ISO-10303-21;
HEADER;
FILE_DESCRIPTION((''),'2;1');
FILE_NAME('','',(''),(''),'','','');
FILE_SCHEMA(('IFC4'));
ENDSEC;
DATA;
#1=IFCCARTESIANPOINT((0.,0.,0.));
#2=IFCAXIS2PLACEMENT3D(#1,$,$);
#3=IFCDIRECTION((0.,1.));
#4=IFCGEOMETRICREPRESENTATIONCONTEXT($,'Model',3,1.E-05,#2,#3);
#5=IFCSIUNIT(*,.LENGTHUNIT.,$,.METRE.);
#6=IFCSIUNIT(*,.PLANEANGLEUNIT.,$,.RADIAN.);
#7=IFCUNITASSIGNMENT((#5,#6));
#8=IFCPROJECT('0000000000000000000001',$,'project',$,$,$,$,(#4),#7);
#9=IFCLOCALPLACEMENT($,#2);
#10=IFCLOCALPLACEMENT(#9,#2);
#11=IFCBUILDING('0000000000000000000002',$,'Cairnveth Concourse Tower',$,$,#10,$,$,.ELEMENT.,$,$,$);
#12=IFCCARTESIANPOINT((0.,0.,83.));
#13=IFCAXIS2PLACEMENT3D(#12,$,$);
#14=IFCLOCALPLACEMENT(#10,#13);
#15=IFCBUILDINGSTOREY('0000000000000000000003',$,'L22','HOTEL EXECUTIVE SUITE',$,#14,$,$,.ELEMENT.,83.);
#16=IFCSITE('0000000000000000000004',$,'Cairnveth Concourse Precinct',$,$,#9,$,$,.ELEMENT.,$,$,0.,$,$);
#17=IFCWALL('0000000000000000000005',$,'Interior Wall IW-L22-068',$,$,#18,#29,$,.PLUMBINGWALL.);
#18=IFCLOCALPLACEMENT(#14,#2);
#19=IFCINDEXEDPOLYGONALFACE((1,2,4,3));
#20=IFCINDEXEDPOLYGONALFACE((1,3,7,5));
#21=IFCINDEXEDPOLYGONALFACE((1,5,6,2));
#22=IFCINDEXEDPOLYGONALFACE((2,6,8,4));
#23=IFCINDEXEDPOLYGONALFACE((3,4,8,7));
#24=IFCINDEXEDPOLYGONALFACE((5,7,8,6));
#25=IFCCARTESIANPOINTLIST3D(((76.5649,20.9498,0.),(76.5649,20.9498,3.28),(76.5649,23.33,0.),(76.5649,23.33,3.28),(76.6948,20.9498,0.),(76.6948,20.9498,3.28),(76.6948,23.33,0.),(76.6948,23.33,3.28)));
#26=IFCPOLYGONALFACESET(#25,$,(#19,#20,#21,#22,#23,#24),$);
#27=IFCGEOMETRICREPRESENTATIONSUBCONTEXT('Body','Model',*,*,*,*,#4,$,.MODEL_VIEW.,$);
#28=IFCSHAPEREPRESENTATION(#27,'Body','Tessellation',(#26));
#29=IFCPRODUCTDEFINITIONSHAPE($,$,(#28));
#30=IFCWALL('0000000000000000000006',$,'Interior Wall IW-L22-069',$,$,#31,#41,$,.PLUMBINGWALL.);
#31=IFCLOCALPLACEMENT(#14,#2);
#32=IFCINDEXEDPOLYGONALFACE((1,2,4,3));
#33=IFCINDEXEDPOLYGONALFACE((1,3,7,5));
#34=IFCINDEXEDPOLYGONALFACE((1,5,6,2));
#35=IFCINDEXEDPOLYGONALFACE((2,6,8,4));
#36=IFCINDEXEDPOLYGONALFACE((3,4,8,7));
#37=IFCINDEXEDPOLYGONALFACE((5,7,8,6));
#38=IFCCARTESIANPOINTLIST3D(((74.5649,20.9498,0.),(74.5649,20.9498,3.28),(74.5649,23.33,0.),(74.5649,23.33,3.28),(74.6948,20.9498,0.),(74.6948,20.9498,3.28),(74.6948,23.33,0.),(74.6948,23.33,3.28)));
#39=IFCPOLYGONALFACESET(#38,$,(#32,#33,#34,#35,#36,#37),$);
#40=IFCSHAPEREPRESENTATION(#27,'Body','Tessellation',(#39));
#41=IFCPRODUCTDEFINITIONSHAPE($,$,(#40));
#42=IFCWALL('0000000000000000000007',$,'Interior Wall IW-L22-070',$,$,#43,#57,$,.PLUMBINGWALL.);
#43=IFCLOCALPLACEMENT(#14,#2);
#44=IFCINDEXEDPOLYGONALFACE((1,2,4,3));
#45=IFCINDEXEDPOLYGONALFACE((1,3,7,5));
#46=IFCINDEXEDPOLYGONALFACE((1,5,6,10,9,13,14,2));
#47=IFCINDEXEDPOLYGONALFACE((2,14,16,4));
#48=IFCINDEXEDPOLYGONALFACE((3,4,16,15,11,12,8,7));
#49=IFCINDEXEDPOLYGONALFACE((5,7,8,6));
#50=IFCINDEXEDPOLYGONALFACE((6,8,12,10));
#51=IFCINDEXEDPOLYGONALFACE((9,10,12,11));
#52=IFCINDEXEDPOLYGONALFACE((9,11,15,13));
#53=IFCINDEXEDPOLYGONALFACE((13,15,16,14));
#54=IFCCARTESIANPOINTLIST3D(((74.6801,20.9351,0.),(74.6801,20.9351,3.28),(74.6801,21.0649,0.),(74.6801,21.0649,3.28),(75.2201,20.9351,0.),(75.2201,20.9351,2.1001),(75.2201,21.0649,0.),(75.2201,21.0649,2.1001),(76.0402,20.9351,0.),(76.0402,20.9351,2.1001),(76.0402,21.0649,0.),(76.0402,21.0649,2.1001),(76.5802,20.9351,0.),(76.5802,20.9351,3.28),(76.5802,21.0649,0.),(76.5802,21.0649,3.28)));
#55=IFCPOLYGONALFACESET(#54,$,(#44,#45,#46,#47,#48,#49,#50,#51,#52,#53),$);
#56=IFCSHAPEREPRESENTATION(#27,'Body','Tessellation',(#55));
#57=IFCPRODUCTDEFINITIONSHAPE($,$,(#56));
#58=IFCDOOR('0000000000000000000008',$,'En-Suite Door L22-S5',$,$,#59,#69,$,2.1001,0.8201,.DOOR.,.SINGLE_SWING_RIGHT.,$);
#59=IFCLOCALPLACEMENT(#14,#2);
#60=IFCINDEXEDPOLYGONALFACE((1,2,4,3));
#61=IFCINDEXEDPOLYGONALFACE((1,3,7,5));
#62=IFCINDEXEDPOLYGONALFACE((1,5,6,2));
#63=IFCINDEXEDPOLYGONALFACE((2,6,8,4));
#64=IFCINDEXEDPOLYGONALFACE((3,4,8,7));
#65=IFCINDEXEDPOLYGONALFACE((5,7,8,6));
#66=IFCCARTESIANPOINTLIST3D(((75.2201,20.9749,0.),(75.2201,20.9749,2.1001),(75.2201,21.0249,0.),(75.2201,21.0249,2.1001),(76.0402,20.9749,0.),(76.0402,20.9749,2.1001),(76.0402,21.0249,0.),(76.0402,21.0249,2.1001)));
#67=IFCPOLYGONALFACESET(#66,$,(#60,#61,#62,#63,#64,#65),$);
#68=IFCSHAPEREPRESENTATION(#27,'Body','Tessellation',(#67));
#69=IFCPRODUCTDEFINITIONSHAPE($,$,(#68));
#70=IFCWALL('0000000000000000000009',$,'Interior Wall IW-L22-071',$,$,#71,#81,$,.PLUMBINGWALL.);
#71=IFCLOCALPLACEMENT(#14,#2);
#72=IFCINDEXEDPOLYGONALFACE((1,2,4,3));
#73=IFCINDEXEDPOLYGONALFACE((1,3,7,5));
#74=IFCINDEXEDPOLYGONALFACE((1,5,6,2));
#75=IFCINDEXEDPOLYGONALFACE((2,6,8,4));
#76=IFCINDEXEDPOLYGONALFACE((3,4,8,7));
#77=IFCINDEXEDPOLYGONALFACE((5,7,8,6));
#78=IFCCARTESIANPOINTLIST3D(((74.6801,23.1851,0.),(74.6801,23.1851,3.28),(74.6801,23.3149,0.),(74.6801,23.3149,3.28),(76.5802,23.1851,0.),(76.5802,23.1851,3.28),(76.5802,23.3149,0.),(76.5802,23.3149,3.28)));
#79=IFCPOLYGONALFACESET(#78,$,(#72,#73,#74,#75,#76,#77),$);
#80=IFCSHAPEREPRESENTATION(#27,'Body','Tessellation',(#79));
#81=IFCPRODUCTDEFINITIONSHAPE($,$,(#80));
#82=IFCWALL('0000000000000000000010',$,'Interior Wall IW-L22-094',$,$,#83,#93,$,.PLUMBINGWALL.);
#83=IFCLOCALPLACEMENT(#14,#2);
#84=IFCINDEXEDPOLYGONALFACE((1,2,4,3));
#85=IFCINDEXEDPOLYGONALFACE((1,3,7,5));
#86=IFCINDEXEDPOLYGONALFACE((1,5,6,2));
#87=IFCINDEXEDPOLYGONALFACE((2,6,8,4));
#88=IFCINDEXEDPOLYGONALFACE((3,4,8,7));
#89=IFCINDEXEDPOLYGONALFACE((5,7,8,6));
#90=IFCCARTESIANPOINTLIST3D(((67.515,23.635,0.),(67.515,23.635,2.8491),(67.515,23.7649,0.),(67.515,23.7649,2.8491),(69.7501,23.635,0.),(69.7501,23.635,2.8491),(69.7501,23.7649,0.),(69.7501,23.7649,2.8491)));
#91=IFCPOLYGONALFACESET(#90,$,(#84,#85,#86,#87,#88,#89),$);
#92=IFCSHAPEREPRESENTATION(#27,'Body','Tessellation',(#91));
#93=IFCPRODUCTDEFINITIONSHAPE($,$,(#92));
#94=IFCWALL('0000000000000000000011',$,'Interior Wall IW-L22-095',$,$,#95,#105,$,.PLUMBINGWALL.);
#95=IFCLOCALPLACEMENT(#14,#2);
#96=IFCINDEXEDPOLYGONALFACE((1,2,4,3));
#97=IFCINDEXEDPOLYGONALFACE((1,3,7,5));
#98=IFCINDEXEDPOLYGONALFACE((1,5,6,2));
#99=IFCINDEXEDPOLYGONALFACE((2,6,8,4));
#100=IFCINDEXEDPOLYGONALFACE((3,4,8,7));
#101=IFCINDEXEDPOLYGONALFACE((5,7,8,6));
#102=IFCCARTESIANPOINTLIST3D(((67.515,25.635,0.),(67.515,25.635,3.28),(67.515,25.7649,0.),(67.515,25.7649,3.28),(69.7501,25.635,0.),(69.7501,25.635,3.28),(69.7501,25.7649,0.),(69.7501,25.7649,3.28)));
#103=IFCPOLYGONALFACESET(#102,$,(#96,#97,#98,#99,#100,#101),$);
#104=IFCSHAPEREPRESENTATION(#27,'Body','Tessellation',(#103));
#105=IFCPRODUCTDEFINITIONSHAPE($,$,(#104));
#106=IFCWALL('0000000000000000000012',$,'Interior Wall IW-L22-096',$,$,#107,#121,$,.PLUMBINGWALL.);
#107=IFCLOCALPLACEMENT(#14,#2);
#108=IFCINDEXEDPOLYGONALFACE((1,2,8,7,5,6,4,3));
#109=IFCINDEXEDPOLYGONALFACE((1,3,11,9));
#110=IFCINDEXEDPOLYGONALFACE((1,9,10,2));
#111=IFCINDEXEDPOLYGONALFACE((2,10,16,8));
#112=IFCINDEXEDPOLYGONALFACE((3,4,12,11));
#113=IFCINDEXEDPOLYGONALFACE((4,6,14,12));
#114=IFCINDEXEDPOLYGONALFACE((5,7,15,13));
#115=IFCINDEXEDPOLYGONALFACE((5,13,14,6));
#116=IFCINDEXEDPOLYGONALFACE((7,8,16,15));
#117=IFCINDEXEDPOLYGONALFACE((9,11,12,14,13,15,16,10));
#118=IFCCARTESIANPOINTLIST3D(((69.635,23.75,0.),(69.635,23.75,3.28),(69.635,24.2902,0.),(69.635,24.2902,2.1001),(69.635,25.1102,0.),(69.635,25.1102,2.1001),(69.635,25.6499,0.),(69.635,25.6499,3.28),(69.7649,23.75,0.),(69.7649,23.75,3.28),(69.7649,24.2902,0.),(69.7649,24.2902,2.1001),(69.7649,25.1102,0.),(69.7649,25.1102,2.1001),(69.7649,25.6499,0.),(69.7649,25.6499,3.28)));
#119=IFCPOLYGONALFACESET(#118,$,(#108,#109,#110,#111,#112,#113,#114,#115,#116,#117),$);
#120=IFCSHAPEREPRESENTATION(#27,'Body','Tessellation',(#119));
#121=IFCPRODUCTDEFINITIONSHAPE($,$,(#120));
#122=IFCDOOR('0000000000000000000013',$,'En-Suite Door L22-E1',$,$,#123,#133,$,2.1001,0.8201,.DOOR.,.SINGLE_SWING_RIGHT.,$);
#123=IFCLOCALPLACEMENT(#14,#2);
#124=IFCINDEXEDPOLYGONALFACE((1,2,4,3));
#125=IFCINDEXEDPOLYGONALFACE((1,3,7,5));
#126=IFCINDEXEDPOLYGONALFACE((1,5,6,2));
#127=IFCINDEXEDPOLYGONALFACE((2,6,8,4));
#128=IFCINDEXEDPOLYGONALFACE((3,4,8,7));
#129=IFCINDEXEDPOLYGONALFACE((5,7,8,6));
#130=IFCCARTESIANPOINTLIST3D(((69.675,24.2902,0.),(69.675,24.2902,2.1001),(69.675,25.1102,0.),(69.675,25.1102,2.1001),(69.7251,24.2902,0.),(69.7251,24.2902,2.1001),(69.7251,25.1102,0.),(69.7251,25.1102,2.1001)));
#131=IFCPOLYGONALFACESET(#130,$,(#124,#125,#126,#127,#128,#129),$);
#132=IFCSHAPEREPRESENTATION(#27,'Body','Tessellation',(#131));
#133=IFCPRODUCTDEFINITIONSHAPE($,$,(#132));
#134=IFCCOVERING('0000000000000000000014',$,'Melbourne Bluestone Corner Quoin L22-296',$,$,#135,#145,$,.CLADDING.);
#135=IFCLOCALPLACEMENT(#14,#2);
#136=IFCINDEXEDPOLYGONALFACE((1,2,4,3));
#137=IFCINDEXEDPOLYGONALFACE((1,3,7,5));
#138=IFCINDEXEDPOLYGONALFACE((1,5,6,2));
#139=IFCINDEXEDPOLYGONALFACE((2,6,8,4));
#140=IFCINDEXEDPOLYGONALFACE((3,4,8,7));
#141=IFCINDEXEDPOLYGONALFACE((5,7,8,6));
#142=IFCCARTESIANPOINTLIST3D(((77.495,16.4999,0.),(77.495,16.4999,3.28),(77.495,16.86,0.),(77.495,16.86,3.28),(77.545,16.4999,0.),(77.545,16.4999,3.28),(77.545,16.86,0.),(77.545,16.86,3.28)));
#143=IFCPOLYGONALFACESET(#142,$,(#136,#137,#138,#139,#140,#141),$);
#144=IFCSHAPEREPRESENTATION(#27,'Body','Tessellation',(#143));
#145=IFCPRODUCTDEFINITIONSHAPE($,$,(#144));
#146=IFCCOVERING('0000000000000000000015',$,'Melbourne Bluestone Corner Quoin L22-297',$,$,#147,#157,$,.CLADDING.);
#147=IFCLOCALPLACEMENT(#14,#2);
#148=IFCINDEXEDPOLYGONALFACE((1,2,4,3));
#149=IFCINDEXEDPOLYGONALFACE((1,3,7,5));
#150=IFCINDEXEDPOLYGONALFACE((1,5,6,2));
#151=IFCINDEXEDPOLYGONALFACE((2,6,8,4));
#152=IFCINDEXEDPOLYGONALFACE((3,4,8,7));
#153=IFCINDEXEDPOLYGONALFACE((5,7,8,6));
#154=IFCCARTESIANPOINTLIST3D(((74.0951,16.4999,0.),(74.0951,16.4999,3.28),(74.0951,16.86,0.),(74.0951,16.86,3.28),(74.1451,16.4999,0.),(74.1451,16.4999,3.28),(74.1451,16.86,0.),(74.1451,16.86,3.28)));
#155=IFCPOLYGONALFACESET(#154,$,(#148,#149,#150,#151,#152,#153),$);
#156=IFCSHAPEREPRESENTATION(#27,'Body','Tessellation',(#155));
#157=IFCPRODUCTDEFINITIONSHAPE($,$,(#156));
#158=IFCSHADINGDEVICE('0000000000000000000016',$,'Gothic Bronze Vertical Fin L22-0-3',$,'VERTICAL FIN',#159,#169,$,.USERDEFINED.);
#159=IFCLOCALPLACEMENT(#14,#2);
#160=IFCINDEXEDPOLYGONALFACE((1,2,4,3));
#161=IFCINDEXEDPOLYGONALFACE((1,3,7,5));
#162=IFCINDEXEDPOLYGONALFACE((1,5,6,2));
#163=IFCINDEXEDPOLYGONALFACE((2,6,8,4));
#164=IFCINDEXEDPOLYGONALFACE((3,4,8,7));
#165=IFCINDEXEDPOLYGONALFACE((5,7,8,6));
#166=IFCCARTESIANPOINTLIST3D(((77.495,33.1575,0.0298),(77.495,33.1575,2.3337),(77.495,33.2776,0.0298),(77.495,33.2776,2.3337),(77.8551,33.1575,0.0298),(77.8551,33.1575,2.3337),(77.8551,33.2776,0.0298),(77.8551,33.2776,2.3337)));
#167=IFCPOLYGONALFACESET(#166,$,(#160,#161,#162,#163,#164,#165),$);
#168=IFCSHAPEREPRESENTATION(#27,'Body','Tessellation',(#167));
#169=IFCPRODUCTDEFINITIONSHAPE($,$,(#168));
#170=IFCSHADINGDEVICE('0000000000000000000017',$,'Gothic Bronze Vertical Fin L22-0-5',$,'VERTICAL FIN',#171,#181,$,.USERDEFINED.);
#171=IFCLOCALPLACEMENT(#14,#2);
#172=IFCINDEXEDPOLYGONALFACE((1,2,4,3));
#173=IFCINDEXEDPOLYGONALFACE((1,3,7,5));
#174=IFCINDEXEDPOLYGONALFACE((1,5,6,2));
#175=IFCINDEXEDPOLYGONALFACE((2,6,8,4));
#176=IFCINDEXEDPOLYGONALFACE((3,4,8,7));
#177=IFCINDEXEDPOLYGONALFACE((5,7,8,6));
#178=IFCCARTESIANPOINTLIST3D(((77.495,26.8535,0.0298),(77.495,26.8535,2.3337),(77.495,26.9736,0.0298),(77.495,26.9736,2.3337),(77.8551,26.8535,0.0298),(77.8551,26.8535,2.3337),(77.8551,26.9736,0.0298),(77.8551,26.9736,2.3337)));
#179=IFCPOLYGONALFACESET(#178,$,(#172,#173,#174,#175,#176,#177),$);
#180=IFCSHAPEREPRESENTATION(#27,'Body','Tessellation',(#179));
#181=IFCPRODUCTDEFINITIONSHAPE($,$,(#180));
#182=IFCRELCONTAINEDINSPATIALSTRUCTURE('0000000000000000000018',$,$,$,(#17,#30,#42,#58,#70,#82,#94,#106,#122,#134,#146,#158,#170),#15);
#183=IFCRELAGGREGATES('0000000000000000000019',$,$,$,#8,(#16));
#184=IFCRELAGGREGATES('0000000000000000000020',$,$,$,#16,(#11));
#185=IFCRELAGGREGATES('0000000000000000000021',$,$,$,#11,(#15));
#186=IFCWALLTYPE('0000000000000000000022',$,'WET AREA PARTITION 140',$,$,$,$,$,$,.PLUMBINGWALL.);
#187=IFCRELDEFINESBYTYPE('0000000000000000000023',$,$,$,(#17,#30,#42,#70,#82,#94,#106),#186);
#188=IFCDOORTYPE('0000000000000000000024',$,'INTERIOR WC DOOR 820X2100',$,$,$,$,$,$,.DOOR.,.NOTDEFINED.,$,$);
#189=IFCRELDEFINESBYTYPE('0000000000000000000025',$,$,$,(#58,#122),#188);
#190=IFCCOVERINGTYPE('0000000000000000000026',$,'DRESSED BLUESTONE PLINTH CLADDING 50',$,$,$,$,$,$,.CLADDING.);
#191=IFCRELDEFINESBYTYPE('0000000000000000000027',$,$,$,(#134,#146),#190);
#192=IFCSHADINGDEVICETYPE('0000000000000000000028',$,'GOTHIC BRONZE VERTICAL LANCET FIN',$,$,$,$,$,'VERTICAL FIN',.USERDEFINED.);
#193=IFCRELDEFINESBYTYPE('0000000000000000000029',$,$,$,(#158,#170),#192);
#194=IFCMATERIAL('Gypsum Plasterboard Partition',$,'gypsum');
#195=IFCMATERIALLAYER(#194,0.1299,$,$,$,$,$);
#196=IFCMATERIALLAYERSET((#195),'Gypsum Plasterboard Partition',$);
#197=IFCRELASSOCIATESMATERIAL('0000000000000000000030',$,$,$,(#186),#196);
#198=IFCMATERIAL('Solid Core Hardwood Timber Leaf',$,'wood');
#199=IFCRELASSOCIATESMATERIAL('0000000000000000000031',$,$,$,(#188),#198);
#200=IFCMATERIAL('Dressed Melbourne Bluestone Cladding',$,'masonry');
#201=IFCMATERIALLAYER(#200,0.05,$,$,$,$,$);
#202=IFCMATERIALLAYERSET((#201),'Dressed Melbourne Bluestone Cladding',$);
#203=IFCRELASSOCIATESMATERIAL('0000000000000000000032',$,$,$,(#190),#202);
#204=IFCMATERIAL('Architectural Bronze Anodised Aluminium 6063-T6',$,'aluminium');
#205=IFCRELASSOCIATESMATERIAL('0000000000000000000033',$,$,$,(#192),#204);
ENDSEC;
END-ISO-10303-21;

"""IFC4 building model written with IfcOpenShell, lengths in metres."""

from ifc_helpers import new_model, si_unit, direction, frame, frame_2d, origin, origin_2d, place, context, subcontext, project, spatial, rectangle, extrude, material, layer, layer_set, type_object, element, fill, save


model = new_model("IFC4")

# Units and contexts
model_context = context("Model", 3, precision=1e-05, world=origin(), true_north=direction((0.0, 1.0)))
body_context = subcontext(model_context, "Body", "Model", "MODEL_VIEW")
ifc_project = project(units=[si_unit("LENGTHUNIT", "METRE"), si_unit("PLANEANGLEUNIT", "RADIAN")], contexts=[model_context])

# Site, building, storey
site_placement = place(None, origin())
site = spatial("IfcSite", under=ifc_project, at=site_placement, Name="Cairnveth Concourse Precinct", CompositionType="ELEMENT", RefElevation=0.0)
building_placement = place(site_placement, origin())
building = spatial("IfcBuilding", under=site, at=building_placement, Name="Cairnveth Concourse Tower", CompositionType="ELEMENT")
storey_placement = place(building_placement, frame((0.0, 0.0, 83.0)))
storey = spatial("IfcBuildingStorey", under=building, at=storey_placement, Name="L22", Description="HOTEL EXECUTIVE SUITE", CompositionType="ELEMENT", Elevation=83.0)

# Shared definitions
ifc_material_1 = material(Name="Gypsum Plasterboard Partition", Category="gypsum")
ifc_material_2 = material(Name="Solid Core Hardwood Timber Leaf", Category="wood")

# Walls
ifc_layer_1 = layer(ifc_material_1, 0.1299)
ifc_layer_set_1 = layer_set([ifc_layer_1], Name="Gypsum Plasterboard Partition")
wall_type_1 = type_object("IfcWallType", Name="WET AREA PARTITION 140", PredefinedType="PLUMBINGWALL", material=ifc_layer_set_1)
for number, where, z_axis, x_axis, name in (
    (1, (76.6299, 20.95, 0.0), (0.0, 0.0, 1.0), (0.0, 1.0, 0.0), "Interior Wall IW-L22-068"),
    (2, (74.6299, 20.95, 0.0), (0.0, 0.0, 1.0), (0.0, 1.0, 0.0), "Interior Wall IW-L22-069"),
):
    element("IfcWall", number, at=place(storey_placement, frame(where, z_axis=z_axis, x_axis=x_axis)), inside=storey, type_object=wall_type_1, Name=name, PredefinedType="PLUMBINGWALL", context=body_context, shape_type="SweptSolid", body=[
        extrude(rectangle(XDim=2.3801, YDim=0.1299, at=frame_2d((1.1899, 0.0))), origin(), (0.0, 0.0, 1.0), 3.28),
    ])

# Wall, opening, door
wall_1_placement = place(storey_placement, frame((74.6799, 21.0, 0.0), z_axis=(0.0, 0.0, 1.0), x_axis=(1.0, 0.0, 0.0)))
wall_1 = element("IfcWall", 3, at=wall_1_placement, inside=storey, type_object=wall_type_1, Name="Interior Wall IW-L22-070", PredefinedType="PLUMBINGWALL", context=body_context, shape_type="SweptSolid", body=[
    extrude(rectangle(XDim=1.9001, YDim=0.1299, at=frame_2d((0.9502, 0.0))), origin(), (0.0, 0.0, 1.0), 3.28),
])
opening_1_placement = place(wall_1_placement, frame((0.54, 0.0, 0.0)))
opening_1 = element("IfcOpeningElement", 4, at=opening_1_placement, cuts=wall_1, PredefinedType="OPENING", context=body_context, shape_type="SweptSolid", body=[
    extrude(rectangle(XDim=0.8201, YDim=2.1001, at=frame_2d((0.4102, 1.05))), frame((0.0, 0.075, 0.0), z_axis=(0.0, -1.0, 0.0), x_axis=(1.0, 0.0, 0.0)), (0.0, 0.0, 1.0), 0.1499),
])
door_type_1 = type_object("IfcDoorType", Name="INTERIOR WC DOOR 820X2100", OperationType="NOTDEFINED", PredefinedType="DOOR", material=ifc_material_2)
door_1_placement = place(opening_1_placement, origin())
door_1 = element("IfcDoor", 5, at=door_1_placement, inside=storey, type_object=door_type_1, Name="En-Suite Door L22-S5", OperationType="SINGLE_SWING_RIGHT", OverallHeight=2.1001, OverallWidth=0.8201, PredefinedType="DOOR", context=body_context, shape_type="SweptSolid", body=[
    extrude(rectangle(XDim=0.8201, YDim=2.1001, at=frame_2d((0.4102, 1.05))), frame((0.0, 0.0249, 0.0), z_axis=(0.0, -1.0, 0.0), x_axis=(1.0, 0.0, 0.0)), (0.0, 0.0, 1.0), 0.05),
])
fill(opening_1, door_1)

# Walls
wall_2_placement = place(storey_placement, frame((74.6799, 23.25, 0.0), z_axis=(0.0, 0.0, 1.0), x_axis=(1.0, 0.0, 0.0)))
element("IfcWall", 6, at=wall_2_placement, inside=storey, type_object=wall_type_1, Name="Interior Wall IW-L22-071", PredefinedType="PLUMBINGWALL", context=body_context, shape_type="SweptSolid", body=[
    extrude(rectangle(XDim=1.9001, YDim=0.1299, at=frame_2d((0.9502, 0.0))), origin(), (0.0, 0.0, 1.0), 3.28),
])
wall_3_placement = place(storey_placement, frame((67.5149, 23.7, 0.0), z_axis=(0.0, 0.0, 1.0), x_axis=(1.0, 0.0, 0.0)))
element("IfcWall", 7, at=wall_3_placement, inside=storey, type_object=wall_type_1, Name="Interior Wall IW-L22-094", PredefinedType="PLUMBINGWALL", context=body_context, shape_type="SweptSolid", body=[
    extrude(rectangle(XDim=2.2351, YDim=0.1299, at=frame_2d((1.1177, 0.0))), origin(), (0.0, 0.0, 1.0), 2.8491),
])
wall_4_placement = place(storey_placement, frame((67.5149, 25.7, 0.0), z_axis=(0.0, 0.0, 1.0), x_axis=(1.0, 0.0, 0.0)))
element("IfcWall", 8, at=wall_4_placement, inside=storey, type_object=wall_type_1, Name="Interior Wall IW-L22-095", PredefinedType="PLUMBINGWALL", context=body_context, shape_type="SweptSolid", body=[
    extrude(rectangle(XDim=2.2351, YDim=0.1299, at=frame_2d((1.1177, 0.0))), origin(), (0.0, 0.0, 1.0), 3.28),
])

# Wall, opening, door
wall_5_placement = place(storey_placement, frame((69.7, 23.75, 0.0), z_axis=(0.0, 0.0, 1.0), x_axis=(0.0, 1.0, 0.0)))
wall_5 = element("IfcWall", 9, at=wall_5_placement, inside=storey, type_object=wall_type_1, Name="Interior Wall IW-L22-096", PredefinedType="PLUMBINGWALL", context=body_context, shape_type="SweptSolid", body=[
    extrude(rectangle(XDim=1.8999, YDim=0.1299, at=frame_2d((0.95, 0.0))), origin(), (0.0, 0.0, 1.0), 3.28),
])
opening_2_placement = place(wall_5_placement, frame((0.54, 0.0, 0.0)))
opening_2 = element("IfcOpeningElement", 10, at=opening_2_placement, cuts=wall_5, PredefinedType="OPENING", context=body_context, shape_type="SweptSolid", body=[
    extrude(rectangle(XDim=0.8201, YDim=2.1001, at=frame_2d((0.4102, 1.05))), frame((0.0, 0.075, 0.0), z_axis=(0.0, -1.0, 0.0), x_axis=(1.0, 0.0, 0.0)), (0.0, 0.0, 1.0), 0.1499),
])
door_2_placement = place(opening_2_placement, origin())
door_2 = element("IfcDoor", 11, at=door_2_placement, inside=storey, type_object=door_type_1, Name="En-Suite Door L22-E1", OperationType="SINGLE_SWING_RIGHT", OverallHeight=2.1001, OverallWidth=0.8201, PredefinedType="DOOR", context=body_context, shape_type="SweptSolid", body=[
    extrude(rectangle(XDim=0.8201, YDim=2.1001, at=frame_2d((0.4102, 1.05))), frame((0.0, 0.0249, 0.0), z_axis=(0.0, -1.0, 0.0), x_axis=(1.0, 0.0, 0.0)), (0.0, 0.0, 1.0), 0.05),
])
fill(opening_2, door_2)

# Coverings
ifc_material_3 = material(Name="Dressed Melbourne Bluestone Cladding", Category="masonry")
ifc_layer_2 = layer(ifc_material_3, 0.05)
ifc_layer_set_2 = layer_set([ifc_layer_2], Name="Dressed Melbourne Bluestone Cladding")
covering_type = type_object("IfcCoveringType", Name="DRESSED BLUESTONE PLINTH CLADDING 50", PredefinedType="CLADDING", material=ifc_layer_set_2)
for number, where, z_axis, x_axis, name in (
    (12, (77.52, 16.8601, 0.0), (0.0, 0.0, 1.0), (0.0, -1.0, 0.0), "Melbourne Bluestone Corner Quoin L22-296"),
    (13, (74.1201, 16.8601, 0.0), (0.0, 0.0, 1.0), (0.0, -1.0, 0.0), "Melbourne Bluestone Corner Quoin L22-297"),
):
    element("IfcCovering", number, at=place(storey_placement, frame(where, z_axis=z_axis, x_axis=x_axis)), inside=storey, type_object=covering_type, Name=name, PredefinedType="CLADDING", context=body_context, shape_type="SweptSolid", body=[
        extrude(rectangle(XDim=0.3601, YDim=0.05, at=frame_2d((0.1802, 0.0))), origin(), (0.0, 0.0, 1.0), 3.28),
    ])

# Shading devices
ifc_material_4 = material(Name="Architectural Bronze Anodised Aluminium 6063-T6", Category="aluminium")
shading_device_type = type_object("IfcShadingDeviceType", Name="GOTHIC BRONZE VERTICAL LANCET FIN", ElementType="VERTICAL FIN", PredefinedType="USERDEFINED", material=ifc_material_4)
for number, where, z_axis, x_axis, name in (
    (14, (77.675, 33.2175, 0.0298), (0.0, 0.0, 1.0), (0.0, 1.0, 0.0), "Gothic Bronze Vertical Fin L22-0-3"),
    (15, (77.675, 26.9136, 0.0298), (0.0, 0.0, 1.0), (0.0, 1.0, 0.0), "Gothic Bronze Vertical Fin L22-0-5"),
):
    element("IfcShadingDevice", number, at=place(storey_placement, frame(where, z_axis=z_axis, x_axis=x_axis)), inside=storey, type_object=shading_device_type, Name=name, ObjectType="VERTICAL FIN", PredefinedType="USERDEFINED", context=body_context, shape_type="SweptSolid", body=[
        extrude(rectangle(XDim=0.1201, YDim=0.3601, at=origin_2d()), origin(), (0.0, 0.0, 1.0), 2.304),
    ])

save(model, "model.ifc")
